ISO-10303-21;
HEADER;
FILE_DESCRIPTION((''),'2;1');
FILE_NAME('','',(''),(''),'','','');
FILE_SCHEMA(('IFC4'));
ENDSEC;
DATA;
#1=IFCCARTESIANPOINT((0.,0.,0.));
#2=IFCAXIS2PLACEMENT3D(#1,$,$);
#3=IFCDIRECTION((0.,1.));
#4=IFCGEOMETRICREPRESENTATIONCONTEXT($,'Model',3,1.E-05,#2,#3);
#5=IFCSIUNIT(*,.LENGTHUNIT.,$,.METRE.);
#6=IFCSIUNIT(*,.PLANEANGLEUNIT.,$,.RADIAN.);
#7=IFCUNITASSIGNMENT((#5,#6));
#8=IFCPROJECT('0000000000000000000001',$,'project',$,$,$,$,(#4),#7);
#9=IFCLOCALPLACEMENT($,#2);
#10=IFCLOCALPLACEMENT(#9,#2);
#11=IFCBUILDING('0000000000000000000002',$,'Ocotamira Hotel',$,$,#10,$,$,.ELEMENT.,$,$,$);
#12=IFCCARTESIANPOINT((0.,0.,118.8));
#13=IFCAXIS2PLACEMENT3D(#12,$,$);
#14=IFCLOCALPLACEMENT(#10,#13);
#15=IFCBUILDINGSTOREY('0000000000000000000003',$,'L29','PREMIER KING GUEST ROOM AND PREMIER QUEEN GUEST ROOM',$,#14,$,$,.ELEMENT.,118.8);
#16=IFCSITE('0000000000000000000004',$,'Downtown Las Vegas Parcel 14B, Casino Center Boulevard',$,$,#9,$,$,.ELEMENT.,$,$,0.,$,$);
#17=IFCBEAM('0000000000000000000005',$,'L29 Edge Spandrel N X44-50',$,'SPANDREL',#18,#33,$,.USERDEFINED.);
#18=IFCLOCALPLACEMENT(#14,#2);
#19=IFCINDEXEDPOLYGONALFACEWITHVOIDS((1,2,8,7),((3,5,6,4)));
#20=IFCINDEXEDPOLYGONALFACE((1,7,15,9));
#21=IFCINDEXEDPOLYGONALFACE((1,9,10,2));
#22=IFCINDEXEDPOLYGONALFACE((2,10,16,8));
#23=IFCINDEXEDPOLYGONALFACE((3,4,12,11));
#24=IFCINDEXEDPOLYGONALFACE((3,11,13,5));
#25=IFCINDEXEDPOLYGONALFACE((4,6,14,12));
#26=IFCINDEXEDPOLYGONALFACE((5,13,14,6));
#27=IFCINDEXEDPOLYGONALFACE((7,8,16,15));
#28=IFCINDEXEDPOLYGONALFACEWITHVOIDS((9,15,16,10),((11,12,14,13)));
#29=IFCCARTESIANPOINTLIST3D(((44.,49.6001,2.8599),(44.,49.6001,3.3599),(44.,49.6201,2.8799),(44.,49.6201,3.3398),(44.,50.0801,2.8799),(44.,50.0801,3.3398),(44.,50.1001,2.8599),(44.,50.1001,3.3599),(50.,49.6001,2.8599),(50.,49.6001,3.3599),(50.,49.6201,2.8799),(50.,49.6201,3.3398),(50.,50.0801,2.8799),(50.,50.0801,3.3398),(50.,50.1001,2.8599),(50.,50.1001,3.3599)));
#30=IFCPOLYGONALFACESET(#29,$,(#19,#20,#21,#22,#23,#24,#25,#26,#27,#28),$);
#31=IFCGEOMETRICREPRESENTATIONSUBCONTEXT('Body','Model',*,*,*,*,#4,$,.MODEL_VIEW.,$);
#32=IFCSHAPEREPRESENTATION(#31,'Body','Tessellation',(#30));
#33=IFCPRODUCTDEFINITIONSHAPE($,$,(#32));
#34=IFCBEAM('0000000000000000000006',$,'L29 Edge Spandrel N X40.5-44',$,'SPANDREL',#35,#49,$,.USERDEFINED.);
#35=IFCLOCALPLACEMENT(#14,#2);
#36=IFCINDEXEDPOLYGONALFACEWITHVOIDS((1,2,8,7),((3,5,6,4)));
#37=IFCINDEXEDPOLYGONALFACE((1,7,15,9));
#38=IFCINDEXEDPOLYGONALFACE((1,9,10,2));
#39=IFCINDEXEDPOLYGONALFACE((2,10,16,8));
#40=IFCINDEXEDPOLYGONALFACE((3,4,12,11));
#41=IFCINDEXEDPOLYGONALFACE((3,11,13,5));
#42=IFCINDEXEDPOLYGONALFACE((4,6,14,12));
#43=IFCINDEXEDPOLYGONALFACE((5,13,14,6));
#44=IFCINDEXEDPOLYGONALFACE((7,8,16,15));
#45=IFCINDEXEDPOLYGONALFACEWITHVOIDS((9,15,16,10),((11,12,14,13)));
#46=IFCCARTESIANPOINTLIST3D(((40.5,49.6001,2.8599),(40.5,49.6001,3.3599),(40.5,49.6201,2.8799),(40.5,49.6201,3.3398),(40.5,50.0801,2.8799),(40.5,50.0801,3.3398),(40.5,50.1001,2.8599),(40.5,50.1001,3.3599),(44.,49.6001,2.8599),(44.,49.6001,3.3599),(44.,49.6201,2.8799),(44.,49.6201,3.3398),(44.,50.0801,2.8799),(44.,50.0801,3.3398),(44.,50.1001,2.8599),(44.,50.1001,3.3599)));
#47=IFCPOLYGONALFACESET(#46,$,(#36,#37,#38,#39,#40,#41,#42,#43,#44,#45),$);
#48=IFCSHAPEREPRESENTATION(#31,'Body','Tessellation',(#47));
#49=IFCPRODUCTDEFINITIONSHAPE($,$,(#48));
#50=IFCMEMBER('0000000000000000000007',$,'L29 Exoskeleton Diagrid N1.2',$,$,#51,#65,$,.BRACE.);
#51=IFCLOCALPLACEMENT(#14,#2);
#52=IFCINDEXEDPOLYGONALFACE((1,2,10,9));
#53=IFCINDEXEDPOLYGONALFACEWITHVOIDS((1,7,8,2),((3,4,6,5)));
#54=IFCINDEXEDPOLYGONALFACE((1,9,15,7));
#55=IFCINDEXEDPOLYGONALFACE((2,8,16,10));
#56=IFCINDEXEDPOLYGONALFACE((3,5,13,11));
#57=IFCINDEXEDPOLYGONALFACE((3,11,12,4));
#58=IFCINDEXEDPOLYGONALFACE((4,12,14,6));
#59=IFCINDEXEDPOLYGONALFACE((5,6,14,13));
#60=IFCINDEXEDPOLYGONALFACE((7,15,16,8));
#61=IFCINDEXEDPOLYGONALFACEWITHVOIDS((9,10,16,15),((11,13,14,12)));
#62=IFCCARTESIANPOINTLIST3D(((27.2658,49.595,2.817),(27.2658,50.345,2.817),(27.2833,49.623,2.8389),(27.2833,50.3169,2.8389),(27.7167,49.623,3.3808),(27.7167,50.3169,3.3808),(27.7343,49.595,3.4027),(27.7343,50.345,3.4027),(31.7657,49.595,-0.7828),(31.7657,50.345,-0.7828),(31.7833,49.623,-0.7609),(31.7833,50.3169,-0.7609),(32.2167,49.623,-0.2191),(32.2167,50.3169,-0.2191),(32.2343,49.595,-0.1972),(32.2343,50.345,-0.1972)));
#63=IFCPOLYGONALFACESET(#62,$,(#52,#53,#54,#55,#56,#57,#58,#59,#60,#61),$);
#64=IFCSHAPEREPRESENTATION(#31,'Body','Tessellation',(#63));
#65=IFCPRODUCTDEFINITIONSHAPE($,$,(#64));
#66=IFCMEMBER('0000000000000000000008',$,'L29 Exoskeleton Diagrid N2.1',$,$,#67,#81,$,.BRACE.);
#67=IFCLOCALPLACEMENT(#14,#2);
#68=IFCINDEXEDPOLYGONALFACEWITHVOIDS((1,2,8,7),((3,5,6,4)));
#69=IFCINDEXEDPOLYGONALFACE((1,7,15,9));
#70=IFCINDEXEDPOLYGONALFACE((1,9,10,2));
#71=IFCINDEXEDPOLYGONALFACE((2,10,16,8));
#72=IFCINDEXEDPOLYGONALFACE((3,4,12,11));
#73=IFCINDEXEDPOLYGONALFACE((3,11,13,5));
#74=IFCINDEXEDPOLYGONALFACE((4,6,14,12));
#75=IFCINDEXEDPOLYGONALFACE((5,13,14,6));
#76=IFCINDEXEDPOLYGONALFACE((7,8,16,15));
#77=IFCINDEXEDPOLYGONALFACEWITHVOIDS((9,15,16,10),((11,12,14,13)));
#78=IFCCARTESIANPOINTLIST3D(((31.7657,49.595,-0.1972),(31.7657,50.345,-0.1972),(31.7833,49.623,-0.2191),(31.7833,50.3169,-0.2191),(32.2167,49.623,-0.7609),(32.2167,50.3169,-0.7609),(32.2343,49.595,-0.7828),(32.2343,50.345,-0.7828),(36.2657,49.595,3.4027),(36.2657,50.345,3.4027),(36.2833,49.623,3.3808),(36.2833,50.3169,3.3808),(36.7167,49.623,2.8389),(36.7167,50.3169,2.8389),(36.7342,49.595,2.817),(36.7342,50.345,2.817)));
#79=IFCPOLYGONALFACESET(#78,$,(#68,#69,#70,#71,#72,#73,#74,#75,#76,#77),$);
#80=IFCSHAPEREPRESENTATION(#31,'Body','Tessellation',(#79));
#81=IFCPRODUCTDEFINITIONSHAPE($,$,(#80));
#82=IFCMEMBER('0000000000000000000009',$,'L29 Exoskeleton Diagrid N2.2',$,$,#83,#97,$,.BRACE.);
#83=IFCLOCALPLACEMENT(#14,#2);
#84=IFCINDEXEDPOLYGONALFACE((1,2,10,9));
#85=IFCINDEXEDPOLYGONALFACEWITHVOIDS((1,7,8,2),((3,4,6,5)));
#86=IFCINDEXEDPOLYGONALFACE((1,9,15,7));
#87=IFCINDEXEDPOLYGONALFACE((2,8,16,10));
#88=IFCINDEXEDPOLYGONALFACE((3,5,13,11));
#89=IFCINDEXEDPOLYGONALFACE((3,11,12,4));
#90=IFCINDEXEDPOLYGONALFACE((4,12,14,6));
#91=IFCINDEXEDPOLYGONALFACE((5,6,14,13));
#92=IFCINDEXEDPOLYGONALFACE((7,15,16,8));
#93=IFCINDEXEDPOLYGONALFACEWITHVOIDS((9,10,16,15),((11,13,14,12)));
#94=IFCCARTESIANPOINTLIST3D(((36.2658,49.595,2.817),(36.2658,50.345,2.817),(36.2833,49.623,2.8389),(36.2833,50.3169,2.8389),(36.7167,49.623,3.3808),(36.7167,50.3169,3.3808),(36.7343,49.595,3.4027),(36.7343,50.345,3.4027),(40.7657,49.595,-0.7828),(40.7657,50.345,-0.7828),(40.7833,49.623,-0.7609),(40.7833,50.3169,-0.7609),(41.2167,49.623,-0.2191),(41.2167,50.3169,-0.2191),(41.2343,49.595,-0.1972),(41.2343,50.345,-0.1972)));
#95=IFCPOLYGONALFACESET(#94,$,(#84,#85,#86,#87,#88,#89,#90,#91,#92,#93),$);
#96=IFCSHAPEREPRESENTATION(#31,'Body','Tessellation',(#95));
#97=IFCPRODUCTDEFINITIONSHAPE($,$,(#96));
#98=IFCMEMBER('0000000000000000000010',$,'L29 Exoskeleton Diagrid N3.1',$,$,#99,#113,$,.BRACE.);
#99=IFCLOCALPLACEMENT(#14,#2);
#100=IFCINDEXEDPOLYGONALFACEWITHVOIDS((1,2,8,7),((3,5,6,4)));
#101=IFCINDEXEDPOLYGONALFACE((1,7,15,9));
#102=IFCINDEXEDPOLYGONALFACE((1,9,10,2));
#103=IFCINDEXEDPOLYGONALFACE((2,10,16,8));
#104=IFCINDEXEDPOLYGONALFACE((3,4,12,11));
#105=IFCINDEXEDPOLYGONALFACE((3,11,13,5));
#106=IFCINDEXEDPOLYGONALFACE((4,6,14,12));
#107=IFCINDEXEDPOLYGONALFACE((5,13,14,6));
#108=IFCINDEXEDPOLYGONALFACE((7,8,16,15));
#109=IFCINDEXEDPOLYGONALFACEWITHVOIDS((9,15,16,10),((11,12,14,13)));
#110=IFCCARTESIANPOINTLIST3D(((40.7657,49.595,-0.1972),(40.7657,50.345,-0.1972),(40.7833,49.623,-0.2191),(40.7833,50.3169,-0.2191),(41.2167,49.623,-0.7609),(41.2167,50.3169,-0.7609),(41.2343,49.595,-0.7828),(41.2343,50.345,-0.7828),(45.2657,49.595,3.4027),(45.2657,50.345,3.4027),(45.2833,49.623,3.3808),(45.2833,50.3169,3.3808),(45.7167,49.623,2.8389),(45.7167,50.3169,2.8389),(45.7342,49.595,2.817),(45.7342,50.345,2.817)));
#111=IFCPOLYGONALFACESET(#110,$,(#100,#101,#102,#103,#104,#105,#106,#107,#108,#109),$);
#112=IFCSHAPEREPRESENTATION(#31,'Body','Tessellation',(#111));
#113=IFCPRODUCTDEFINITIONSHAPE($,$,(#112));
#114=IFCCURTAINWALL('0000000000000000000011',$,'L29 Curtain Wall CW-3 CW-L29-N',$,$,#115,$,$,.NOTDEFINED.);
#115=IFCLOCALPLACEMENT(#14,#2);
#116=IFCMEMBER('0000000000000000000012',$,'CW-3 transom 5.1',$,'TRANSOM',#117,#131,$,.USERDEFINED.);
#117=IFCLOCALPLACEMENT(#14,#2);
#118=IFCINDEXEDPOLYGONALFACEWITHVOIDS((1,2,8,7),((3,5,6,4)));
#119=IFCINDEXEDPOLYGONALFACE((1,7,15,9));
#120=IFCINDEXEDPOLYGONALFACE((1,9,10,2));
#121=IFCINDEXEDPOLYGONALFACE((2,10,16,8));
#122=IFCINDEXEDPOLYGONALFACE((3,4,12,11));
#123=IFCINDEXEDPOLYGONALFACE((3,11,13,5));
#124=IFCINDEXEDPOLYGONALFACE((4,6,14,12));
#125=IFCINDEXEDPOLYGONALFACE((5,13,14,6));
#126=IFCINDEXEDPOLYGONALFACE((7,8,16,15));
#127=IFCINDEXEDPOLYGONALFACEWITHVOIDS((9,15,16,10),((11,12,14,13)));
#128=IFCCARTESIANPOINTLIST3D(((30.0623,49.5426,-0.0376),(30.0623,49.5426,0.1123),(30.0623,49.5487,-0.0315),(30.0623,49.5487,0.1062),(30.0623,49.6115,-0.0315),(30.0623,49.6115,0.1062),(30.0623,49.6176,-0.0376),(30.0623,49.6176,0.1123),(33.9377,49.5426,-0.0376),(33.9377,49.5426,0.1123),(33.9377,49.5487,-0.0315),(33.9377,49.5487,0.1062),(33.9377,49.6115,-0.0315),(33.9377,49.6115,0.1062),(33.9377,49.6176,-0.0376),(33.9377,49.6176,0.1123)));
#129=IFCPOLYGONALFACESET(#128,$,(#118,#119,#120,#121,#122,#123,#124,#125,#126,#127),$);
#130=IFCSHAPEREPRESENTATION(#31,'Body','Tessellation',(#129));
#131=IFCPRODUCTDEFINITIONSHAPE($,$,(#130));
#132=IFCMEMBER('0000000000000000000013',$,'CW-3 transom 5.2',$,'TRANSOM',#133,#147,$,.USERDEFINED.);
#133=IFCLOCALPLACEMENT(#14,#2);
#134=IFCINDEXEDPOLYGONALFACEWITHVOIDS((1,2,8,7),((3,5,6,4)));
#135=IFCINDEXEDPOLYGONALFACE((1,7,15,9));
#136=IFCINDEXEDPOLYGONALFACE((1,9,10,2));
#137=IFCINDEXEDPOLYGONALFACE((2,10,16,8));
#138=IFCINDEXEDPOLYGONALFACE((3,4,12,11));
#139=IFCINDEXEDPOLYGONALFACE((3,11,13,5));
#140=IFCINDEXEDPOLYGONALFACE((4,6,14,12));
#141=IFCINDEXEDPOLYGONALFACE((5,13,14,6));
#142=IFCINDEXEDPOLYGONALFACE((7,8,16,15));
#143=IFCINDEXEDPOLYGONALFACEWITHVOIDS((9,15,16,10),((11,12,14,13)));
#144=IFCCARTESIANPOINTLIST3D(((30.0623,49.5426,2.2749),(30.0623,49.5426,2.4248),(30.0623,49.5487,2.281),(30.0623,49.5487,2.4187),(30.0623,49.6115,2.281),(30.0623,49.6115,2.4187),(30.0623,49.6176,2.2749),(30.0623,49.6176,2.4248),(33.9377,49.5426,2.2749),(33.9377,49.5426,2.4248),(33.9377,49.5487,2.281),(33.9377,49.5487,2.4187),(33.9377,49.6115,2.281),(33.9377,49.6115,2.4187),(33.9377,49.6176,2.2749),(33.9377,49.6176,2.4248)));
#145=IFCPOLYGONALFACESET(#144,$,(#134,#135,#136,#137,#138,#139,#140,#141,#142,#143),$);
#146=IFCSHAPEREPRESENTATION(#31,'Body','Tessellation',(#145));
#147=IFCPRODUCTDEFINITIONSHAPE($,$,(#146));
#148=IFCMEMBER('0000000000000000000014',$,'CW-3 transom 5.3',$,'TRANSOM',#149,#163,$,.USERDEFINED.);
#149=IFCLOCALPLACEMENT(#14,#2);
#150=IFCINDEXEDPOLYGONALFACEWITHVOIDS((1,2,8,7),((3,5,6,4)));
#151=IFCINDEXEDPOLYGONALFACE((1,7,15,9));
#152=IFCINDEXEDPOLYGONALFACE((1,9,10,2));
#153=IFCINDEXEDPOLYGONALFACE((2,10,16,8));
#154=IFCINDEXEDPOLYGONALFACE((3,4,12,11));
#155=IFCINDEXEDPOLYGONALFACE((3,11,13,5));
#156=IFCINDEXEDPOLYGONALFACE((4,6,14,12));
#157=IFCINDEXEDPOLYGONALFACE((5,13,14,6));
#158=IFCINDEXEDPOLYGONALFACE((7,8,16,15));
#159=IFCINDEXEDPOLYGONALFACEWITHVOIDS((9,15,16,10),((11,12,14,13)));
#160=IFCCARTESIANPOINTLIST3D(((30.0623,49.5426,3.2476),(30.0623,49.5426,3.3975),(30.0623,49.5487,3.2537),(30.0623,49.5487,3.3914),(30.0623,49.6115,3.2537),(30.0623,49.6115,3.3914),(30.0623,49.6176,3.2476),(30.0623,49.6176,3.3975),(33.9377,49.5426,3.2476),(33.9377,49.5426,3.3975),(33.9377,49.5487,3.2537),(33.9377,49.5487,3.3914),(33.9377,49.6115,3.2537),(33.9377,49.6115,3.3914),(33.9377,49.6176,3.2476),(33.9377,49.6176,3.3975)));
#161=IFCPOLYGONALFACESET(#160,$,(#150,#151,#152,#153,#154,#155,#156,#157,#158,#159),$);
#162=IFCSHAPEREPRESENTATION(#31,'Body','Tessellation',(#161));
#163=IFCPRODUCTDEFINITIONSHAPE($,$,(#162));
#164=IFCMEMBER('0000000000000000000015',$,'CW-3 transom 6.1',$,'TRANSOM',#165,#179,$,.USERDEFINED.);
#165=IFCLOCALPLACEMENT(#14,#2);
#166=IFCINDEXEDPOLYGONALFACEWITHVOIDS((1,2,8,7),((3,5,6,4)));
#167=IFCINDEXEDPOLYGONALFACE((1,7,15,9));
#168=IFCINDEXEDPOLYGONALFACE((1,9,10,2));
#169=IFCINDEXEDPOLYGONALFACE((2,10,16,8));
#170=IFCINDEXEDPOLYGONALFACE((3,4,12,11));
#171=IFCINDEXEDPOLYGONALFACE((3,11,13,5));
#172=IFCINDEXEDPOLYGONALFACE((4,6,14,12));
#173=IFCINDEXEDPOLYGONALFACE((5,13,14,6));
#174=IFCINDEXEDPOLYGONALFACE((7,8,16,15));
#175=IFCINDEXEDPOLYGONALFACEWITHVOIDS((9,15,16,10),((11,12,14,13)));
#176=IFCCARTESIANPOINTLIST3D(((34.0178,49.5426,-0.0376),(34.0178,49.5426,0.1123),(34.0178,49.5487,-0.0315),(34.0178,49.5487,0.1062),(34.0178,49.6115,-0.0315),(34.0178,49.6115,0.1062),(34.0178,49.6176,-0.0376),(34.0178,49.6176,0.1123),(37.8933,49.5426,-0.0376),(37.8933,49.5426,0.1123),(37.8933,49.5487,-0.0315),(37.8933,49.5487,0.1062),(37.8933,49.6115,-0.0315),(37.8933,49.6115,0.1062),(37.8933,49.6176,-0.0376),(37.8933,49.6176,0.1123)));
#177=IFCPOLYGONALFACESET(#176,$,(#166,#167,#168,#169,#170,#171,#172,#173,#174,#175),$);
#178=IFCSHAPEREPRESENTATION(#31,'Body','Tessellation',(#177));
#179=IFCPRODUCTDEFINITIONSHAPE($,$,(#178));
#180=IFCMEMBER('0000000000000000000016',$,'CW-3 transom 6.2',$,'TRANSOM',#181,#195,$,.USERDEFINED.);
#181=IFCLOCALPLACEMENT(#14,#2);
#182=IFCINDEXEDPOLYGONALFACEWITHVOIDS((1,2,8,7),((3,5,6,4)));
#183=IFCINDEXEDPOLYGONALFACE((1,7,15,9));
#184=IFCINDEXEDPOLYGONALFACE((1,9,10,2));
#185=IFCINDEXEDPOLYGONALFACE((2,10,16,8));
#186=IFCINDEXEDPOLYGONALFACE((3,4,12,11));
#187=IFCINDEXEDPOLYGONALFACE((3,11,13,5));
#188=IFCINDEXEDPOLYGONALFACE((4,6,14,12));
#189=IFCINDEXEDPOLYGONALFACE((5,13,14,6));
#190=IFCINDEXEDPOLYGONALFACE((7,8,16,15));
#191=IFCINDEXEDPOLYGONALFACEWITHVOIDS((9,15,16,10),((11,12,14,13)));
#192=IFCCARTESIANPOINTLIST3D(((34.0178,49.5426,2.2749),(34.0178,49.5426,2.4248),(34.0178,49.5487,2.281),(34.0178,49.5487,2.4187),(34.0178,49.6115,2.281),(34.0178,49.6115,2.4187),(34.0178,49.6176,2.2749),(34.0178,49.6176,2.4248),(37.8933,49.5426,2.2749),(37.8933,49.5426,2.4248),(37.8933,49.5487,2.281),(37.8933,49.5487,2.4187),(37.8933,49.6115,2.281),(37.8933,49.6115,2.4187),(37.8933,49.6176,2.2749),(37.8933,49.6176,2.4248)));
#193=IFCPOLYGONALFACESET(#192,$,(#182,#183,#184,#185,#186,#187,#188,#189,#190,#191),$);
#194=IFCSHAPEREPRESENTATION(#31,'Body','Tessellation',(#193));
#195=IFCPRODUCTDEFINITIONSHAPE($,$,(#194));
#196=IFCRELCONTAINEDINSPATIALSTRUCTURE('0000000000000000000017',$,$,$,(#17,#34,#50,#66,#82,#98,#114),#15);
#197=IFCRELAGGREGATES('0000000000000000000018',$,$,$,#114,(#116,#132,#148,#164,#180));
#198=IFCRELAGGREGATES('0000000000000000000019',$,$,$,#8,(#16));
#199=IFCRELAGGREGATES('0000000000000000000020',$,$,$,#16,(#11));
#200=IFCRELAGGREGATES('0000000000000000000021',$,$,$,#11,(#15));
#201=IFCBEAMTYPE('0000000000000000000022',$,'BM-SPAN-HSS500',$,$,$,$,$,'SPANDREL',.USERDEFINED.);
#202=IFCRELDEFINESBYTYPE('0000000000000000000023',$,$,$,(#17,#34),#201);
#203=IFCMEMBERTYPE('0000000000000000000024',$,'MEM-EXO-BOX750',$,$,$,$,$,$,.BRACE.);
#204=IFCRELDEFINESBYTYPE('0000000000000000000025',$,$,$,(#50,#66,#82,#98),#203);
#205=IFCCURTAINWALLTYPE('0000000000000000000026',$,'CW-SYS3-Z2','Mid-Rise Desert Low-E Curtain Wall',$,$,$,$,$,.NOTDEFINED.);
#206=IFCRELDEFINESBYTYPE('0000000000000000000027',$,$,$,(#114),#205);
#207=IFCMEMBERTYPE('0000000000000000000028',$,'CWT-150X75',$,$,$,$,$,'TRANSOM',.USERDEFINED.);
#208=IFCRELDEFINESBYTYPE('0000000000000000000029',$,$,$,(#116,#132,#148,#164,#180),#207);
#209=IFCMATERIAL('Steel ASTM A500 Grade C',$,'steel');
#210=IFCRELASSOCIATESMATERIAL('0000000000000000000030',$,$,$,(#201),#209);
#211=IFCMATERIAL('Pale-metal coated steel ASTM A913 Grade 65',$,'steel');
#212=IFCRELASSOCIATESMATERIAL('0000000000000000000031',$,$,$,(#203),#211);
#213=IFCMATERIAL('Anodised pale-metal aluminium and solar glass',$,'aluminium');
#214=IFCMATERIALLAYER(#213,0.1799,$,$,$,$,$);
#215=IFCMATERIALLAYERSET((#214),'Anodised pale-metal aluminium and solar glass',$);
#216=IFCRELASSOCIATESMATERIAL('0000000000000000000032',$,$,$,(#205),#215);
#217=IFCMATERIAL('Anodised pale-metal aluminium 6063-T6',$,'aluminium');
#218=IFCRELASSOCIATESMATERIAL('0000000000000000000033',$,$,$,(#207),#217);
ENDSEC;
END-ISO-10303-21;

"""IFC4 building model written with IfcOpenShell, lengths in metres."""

from ifc_helpers import new_model, si_unit, direction, frame, origin, origin_2d, place, context, subcontext, project, spatial, hollow_rectangle, extrude, source, transform, mapped, material, layer, layer_set, material_profile, profile_set, type_object, element, aggregate, save


model = new_model("IFC4")

# Units and contexts
model_context = context("Model", 3, precision=1e-05, world=origin(), true_north=direction((0.0, 1.0)))
body_context = subcontext(model_context, "Body", "Model", "MODEL_VIEW")
ifc_project = project(units=[si_unit("LENGTHUNIT", "METRE"), si_unit("PLANEANGLEUNIT", "RADIAN")], contexts=[model_context])

# Site, building, storey
site_placement = place(None, origin())
site = spatial("IfcSite", under=ifc_project, at=site_placement, Name="Downtown Las Vegas Parcel 14B, Casino Center Boulevard", CompositionType="ELEMENT", RefElevation=0.0)
building_placement = place(site_placement, origin())
building = spatial("IfcBuilding", under=site, at=building_placement, Name="Ocotamira Hotel", CompositionType="ELEMENT")
storey_placement = place(building_placement, frame((0.0, 0.0, 118.8)))
storey = spatial("IfcBuildingStorey", under=building, at=storey_placement, Name="L29", Description="PREMIER KING GUEST ROOM AND PREMIER QUEEN GUEST ROOM", CompositionType="ELEMENT", Elevation=118.8)

# Beams
ifc_material_1 = material(Name="Steel ASTM A500 Grade C", Category="steel")
ifc_material_profile_1 = material_profile(ifc_material_1, hollow_rectangle(XDim=0.5, YDim=0.5, WallThickness=0.02, at=origin_2d()), Name="HSS500X500X20")
ifc_profile_set_1 = profile_set([ifc_material_profile_1], Name="Steel ASTM A500 Grade C")
beam_type = type_object("IfcBeamType", Name="BM-SPAN-HSS500", ElementType="SPANDREL", PredefinedType="USERDEFINED", material=ifc_profile_set_1)
shared_shape_1 = source(origin(), body_context, "Body", "SweptSolid", [
    extrude(hollow_rectangle(XDim=0.5, YDim=0.5, WallThickness=0.02, at=origin_2d()), origin(), (0.0, 0.0, 1.0), 6.0),
])
beam_1_placement = place(storey_placement, frame((44.0, 49.8501, 3.1099), z_axis=(1.0, 0.0, 0.0), x_axis=(0.0, 1.0, 0.0)))
element("IfcBeam", 1, at=beam_1_placement, inside=storey, type_object=beam_type, Name="L29 Edge Spandrel N X44-50", ObjectType="SPANDREL", PredefinedType="USERDEFINED", context=body_context, shape_type="MappedRepresentation", body=[
    mapped(shared_shape_1, transform((0.0, 0.0, 0.0), scale=1.0)),
])
shared_shape_2 = source(origin(), body_context, "Body", "SweptSolid", [
    extrude(hollow_rectangle(XDim=0.5, YDim=0.5, WallThickness=0.02, at=origin_2d()), origin(), (0.0, 0.0, 1.0), 3.5),
])
beam_2_placement = place(storey_placement, frame((40.5, 49.8501, 3.1099), z_axis=(1.0, 0.0, 0.0), x_axis=(0.0, 1.0, 0.0)))
element("IfcBeam", 2, at=beam_2_placement, inside=storey, type_object=beam_type, Name="L29 Edge Spandrel N X40.5-44", ObjectType="SPANDREL", PredefinedType="USERDEFINED", context=body_context, shape_type="MappedRepresentation", body=[
    mapped(shared_shape_2, transform((0.0, 0.0, 0.0), scale=1.0)),
])

# Members
ifc_material_2 = material(Name="Pale-metal coated steel ASTM A913 Grade 65", Category="steel")
ifc_material_profile_2 = material_profile(ifc_material_2, hollow_rectangle(XDim=0.75, YDim=0.75, WallThickness=0.0281, at=origin_2d()), Name="BOX750X750X28")
ifc_profile_set_2 = profile_set([ifc_material_profile_2], Name="Pale-metal coated steel ASTM A913 Grade 65")
member_type_1 = type_object("IfcMemberType", Name="MEM-EXO-BOX750", PredefinedType="BRACE", material=ifc_profile_set_2)
shared_shape_3 = source(origin(), body_context, "Body", "SweptSolid", [
    extrude(hollow_rectangle(XDim=0.75, YDim=0.75, WallThickness=0.0281, at=origin_2d()), origin(), (0.0, 0.0, 1.0), 5.7627),
])
for number, where, z_axis, x_axis, name in (
    (3, (32.0, 49.97, -0.49), (-0.780881, 0.0, 0.62468), (0.0, -1.0, 0.0), "L29 Exoskeleton Diagrid N1.2"),
    (4, (32.0, 49.97, -0.49), (0.780881, 0.0, 0.62468), (0.0, 1.0, 0.0), "L29 Exoskeleton Diagrid N2.1"),
    (5, (41.0, 49.97, -0.49), (-0.780881, 0.0, 0.62468), (0.0, -1.0, 0.0), "L29 Exoskeleton Diagrid N2.2"),
    (6, (41.0, 49.97, -0.49), (0.780881, 0.0, 0.62468), (0.0, 1.0, 0.0), "L29 Exoskeleton Diagrid N3.1"),
):
    element("IfcMember", number, at=place(storey_placement, frame(where, z_axis=z_axis, x_axis=x_axis)), inside=storey, type_object=member_type_1, Name=name, PredefinedType="BRACE", context=body_context, shape_type="MappedRepresentation", body=[
        mapped(shared_shape_3, transform((0.0, 0.0, 0.0), scale=1.0)),
    ])

# Curtain wall, members
ifc_material_3 = material(Name="Anodised pale-metal aluminium and solar glass", Category="aluminium")
ifc_layer_1 = layer(ifc_material_3, 0.1799)
ifc_layer_set_1 = layer_set([ifc_layer_1], Name="Anodised pale-metal aluminium and solar glass")
curtain_wall_type = type_object("IfcCurtainWallType", Name="CW-SYS3-Z2", Description="Mid-Rise Desert Low-E Curtain Wall", PredefinedType="NOTDEFINED", material=ifc_layer_set_1)
curtain_wall_placement = place(storey_placement, origin())
curtain_wall = element("IfcCurtainWall", 7, at=curtain_wall_placement, inside=storey, type_object=curtain_wall_type, Name="L29 Curtain Wall CW-3 CW-L29-N", PredefinedType="NOTDEFINED")
ifc_material_4 = material(Name="Anodised pale-metal aluminium 6063-T6", Category="aluminium")
ifc_material_profile_3 = material_profile(ifc_material_4, hollow_rectangle(XDim=0.075, YDim=0.1499, WallThickness=0.0061, at=origin_2d()), Name="HSS150X75X6")
ifc_profile_set_3 = profile_set([ifc_material_profile_3], Name="Anodised pale-metal aluminium 6063-T6")
member_type_2 = type_object("IfcMemberType", Name="CWT-150X75", ElementType="TRANSOM", PredefinedType="USERDEFINED", material=ifc_profile_set_3)
shared_shape_4 = source(origin(), body_context, "Body", "SweptSolid", [
    extrude(hollow_rectangle(XDim=0.075, YDim=0.1499, WallThickness=0.0061, at=origin_2d()), origin(), (0.0, 0.0, 1.0), 3.8755),
])
member_1_placement = place(storey_placement, frame((30.0623, 49.5801, 0.0374), z_axis=(1.0, 0.0, 0.0), x_axis=(0.0, 1.0, 0.0)))
member_1 = element("IfcMember", 8, at=member_1_placement, type_object=member_type_2, Name="CW-3 transom 5.1", ObjectType="TRANSOM", PredefinedType="USERDEFINED", context=body_context, shape_type="MappedRepresentation", body=[
    mapped(shared_shape_4, transform((0.0, 0.0, 0.0), scale=1.0)),
])
member_2_placement = place(storey_placement, frame((30.0623, 49.5801, 2.3499), z_axis=(1.0, 0.0, 0.0), x_axis=(0.0, 1.0, 0.0)))
member_2 = element("IfcMember", 9, at=member_2_placement, type_object=member_type_2, Name="CW-3 transom 5.2", ObjectType="TRANSOM", PredefinedType="USERDEFINED", context=body_context, shape_type="MappedRepresentation", body=[
    mapped(shared_shape_4, transform((0.0, 0.0, 0.0), scale=1.0)),
])
member_3_placement = place(storey_placement, frame((30.0623, 49.5801, 3.3225), z_axis=(1.0, 0.0, 0.0), x_axis=(0.0, 1.0, 0.0)))
member_3 = element("IfcMember", 10, at=member_3_placement, type_object=member_type_2, Name="CW-3 transom 5.3", ObjectType="TRANSOM", PredefinedType="USERDEFINED", context=body_context, shape_type="MappedRepresentation", body=[
    mapped(shared_shape_4, transform((0.0, 0.0, 0.0), scale=1.0)),
])
member_4_placement = place(storey_placement, frame((34.0178, 49.5801, 0.0374), z_axis=(1.0, 0.0, 0.0), x_axis=(0.0, 1.0, 0.0)))
member_4 = element("IfcMember", 11, at=member_4_placement, type_object=member_type_2, Name="CW-3 transom 6.1", ObjectType="TRANSOM", PredefinedType="USERDEFINED", context=body_context, shape_type="MappedRepresentation", body=[
    mapped(shared_shape_4, transform((0.0, 0.0, 0.0), scale=1.0)),
])
member_5_placement = place(storey_placement, frame((34.0178, 49.5801, 2.3499), z_axis=(1.0, 0.0, 0.0), x_axis=(0.0, 1.0, 0.0)))
member_5 = element("IfcMember", 12, at=member_5_placement, type_object=member_type_2, Name="CW-3 transom 6.2", ObjectType="TRANSOM", PredefinedType="USERDEFINED", context=body_context, shape_type="MappedRepresentation", body=[
    mapped(shared_shape_4, transform((0.0, 0.0, 0.0), scale=1.0)),
])

aggregate(curtain_wall, [member_1, member_2, member_3, member_4, member_5])

save(model, "model.ifc")
